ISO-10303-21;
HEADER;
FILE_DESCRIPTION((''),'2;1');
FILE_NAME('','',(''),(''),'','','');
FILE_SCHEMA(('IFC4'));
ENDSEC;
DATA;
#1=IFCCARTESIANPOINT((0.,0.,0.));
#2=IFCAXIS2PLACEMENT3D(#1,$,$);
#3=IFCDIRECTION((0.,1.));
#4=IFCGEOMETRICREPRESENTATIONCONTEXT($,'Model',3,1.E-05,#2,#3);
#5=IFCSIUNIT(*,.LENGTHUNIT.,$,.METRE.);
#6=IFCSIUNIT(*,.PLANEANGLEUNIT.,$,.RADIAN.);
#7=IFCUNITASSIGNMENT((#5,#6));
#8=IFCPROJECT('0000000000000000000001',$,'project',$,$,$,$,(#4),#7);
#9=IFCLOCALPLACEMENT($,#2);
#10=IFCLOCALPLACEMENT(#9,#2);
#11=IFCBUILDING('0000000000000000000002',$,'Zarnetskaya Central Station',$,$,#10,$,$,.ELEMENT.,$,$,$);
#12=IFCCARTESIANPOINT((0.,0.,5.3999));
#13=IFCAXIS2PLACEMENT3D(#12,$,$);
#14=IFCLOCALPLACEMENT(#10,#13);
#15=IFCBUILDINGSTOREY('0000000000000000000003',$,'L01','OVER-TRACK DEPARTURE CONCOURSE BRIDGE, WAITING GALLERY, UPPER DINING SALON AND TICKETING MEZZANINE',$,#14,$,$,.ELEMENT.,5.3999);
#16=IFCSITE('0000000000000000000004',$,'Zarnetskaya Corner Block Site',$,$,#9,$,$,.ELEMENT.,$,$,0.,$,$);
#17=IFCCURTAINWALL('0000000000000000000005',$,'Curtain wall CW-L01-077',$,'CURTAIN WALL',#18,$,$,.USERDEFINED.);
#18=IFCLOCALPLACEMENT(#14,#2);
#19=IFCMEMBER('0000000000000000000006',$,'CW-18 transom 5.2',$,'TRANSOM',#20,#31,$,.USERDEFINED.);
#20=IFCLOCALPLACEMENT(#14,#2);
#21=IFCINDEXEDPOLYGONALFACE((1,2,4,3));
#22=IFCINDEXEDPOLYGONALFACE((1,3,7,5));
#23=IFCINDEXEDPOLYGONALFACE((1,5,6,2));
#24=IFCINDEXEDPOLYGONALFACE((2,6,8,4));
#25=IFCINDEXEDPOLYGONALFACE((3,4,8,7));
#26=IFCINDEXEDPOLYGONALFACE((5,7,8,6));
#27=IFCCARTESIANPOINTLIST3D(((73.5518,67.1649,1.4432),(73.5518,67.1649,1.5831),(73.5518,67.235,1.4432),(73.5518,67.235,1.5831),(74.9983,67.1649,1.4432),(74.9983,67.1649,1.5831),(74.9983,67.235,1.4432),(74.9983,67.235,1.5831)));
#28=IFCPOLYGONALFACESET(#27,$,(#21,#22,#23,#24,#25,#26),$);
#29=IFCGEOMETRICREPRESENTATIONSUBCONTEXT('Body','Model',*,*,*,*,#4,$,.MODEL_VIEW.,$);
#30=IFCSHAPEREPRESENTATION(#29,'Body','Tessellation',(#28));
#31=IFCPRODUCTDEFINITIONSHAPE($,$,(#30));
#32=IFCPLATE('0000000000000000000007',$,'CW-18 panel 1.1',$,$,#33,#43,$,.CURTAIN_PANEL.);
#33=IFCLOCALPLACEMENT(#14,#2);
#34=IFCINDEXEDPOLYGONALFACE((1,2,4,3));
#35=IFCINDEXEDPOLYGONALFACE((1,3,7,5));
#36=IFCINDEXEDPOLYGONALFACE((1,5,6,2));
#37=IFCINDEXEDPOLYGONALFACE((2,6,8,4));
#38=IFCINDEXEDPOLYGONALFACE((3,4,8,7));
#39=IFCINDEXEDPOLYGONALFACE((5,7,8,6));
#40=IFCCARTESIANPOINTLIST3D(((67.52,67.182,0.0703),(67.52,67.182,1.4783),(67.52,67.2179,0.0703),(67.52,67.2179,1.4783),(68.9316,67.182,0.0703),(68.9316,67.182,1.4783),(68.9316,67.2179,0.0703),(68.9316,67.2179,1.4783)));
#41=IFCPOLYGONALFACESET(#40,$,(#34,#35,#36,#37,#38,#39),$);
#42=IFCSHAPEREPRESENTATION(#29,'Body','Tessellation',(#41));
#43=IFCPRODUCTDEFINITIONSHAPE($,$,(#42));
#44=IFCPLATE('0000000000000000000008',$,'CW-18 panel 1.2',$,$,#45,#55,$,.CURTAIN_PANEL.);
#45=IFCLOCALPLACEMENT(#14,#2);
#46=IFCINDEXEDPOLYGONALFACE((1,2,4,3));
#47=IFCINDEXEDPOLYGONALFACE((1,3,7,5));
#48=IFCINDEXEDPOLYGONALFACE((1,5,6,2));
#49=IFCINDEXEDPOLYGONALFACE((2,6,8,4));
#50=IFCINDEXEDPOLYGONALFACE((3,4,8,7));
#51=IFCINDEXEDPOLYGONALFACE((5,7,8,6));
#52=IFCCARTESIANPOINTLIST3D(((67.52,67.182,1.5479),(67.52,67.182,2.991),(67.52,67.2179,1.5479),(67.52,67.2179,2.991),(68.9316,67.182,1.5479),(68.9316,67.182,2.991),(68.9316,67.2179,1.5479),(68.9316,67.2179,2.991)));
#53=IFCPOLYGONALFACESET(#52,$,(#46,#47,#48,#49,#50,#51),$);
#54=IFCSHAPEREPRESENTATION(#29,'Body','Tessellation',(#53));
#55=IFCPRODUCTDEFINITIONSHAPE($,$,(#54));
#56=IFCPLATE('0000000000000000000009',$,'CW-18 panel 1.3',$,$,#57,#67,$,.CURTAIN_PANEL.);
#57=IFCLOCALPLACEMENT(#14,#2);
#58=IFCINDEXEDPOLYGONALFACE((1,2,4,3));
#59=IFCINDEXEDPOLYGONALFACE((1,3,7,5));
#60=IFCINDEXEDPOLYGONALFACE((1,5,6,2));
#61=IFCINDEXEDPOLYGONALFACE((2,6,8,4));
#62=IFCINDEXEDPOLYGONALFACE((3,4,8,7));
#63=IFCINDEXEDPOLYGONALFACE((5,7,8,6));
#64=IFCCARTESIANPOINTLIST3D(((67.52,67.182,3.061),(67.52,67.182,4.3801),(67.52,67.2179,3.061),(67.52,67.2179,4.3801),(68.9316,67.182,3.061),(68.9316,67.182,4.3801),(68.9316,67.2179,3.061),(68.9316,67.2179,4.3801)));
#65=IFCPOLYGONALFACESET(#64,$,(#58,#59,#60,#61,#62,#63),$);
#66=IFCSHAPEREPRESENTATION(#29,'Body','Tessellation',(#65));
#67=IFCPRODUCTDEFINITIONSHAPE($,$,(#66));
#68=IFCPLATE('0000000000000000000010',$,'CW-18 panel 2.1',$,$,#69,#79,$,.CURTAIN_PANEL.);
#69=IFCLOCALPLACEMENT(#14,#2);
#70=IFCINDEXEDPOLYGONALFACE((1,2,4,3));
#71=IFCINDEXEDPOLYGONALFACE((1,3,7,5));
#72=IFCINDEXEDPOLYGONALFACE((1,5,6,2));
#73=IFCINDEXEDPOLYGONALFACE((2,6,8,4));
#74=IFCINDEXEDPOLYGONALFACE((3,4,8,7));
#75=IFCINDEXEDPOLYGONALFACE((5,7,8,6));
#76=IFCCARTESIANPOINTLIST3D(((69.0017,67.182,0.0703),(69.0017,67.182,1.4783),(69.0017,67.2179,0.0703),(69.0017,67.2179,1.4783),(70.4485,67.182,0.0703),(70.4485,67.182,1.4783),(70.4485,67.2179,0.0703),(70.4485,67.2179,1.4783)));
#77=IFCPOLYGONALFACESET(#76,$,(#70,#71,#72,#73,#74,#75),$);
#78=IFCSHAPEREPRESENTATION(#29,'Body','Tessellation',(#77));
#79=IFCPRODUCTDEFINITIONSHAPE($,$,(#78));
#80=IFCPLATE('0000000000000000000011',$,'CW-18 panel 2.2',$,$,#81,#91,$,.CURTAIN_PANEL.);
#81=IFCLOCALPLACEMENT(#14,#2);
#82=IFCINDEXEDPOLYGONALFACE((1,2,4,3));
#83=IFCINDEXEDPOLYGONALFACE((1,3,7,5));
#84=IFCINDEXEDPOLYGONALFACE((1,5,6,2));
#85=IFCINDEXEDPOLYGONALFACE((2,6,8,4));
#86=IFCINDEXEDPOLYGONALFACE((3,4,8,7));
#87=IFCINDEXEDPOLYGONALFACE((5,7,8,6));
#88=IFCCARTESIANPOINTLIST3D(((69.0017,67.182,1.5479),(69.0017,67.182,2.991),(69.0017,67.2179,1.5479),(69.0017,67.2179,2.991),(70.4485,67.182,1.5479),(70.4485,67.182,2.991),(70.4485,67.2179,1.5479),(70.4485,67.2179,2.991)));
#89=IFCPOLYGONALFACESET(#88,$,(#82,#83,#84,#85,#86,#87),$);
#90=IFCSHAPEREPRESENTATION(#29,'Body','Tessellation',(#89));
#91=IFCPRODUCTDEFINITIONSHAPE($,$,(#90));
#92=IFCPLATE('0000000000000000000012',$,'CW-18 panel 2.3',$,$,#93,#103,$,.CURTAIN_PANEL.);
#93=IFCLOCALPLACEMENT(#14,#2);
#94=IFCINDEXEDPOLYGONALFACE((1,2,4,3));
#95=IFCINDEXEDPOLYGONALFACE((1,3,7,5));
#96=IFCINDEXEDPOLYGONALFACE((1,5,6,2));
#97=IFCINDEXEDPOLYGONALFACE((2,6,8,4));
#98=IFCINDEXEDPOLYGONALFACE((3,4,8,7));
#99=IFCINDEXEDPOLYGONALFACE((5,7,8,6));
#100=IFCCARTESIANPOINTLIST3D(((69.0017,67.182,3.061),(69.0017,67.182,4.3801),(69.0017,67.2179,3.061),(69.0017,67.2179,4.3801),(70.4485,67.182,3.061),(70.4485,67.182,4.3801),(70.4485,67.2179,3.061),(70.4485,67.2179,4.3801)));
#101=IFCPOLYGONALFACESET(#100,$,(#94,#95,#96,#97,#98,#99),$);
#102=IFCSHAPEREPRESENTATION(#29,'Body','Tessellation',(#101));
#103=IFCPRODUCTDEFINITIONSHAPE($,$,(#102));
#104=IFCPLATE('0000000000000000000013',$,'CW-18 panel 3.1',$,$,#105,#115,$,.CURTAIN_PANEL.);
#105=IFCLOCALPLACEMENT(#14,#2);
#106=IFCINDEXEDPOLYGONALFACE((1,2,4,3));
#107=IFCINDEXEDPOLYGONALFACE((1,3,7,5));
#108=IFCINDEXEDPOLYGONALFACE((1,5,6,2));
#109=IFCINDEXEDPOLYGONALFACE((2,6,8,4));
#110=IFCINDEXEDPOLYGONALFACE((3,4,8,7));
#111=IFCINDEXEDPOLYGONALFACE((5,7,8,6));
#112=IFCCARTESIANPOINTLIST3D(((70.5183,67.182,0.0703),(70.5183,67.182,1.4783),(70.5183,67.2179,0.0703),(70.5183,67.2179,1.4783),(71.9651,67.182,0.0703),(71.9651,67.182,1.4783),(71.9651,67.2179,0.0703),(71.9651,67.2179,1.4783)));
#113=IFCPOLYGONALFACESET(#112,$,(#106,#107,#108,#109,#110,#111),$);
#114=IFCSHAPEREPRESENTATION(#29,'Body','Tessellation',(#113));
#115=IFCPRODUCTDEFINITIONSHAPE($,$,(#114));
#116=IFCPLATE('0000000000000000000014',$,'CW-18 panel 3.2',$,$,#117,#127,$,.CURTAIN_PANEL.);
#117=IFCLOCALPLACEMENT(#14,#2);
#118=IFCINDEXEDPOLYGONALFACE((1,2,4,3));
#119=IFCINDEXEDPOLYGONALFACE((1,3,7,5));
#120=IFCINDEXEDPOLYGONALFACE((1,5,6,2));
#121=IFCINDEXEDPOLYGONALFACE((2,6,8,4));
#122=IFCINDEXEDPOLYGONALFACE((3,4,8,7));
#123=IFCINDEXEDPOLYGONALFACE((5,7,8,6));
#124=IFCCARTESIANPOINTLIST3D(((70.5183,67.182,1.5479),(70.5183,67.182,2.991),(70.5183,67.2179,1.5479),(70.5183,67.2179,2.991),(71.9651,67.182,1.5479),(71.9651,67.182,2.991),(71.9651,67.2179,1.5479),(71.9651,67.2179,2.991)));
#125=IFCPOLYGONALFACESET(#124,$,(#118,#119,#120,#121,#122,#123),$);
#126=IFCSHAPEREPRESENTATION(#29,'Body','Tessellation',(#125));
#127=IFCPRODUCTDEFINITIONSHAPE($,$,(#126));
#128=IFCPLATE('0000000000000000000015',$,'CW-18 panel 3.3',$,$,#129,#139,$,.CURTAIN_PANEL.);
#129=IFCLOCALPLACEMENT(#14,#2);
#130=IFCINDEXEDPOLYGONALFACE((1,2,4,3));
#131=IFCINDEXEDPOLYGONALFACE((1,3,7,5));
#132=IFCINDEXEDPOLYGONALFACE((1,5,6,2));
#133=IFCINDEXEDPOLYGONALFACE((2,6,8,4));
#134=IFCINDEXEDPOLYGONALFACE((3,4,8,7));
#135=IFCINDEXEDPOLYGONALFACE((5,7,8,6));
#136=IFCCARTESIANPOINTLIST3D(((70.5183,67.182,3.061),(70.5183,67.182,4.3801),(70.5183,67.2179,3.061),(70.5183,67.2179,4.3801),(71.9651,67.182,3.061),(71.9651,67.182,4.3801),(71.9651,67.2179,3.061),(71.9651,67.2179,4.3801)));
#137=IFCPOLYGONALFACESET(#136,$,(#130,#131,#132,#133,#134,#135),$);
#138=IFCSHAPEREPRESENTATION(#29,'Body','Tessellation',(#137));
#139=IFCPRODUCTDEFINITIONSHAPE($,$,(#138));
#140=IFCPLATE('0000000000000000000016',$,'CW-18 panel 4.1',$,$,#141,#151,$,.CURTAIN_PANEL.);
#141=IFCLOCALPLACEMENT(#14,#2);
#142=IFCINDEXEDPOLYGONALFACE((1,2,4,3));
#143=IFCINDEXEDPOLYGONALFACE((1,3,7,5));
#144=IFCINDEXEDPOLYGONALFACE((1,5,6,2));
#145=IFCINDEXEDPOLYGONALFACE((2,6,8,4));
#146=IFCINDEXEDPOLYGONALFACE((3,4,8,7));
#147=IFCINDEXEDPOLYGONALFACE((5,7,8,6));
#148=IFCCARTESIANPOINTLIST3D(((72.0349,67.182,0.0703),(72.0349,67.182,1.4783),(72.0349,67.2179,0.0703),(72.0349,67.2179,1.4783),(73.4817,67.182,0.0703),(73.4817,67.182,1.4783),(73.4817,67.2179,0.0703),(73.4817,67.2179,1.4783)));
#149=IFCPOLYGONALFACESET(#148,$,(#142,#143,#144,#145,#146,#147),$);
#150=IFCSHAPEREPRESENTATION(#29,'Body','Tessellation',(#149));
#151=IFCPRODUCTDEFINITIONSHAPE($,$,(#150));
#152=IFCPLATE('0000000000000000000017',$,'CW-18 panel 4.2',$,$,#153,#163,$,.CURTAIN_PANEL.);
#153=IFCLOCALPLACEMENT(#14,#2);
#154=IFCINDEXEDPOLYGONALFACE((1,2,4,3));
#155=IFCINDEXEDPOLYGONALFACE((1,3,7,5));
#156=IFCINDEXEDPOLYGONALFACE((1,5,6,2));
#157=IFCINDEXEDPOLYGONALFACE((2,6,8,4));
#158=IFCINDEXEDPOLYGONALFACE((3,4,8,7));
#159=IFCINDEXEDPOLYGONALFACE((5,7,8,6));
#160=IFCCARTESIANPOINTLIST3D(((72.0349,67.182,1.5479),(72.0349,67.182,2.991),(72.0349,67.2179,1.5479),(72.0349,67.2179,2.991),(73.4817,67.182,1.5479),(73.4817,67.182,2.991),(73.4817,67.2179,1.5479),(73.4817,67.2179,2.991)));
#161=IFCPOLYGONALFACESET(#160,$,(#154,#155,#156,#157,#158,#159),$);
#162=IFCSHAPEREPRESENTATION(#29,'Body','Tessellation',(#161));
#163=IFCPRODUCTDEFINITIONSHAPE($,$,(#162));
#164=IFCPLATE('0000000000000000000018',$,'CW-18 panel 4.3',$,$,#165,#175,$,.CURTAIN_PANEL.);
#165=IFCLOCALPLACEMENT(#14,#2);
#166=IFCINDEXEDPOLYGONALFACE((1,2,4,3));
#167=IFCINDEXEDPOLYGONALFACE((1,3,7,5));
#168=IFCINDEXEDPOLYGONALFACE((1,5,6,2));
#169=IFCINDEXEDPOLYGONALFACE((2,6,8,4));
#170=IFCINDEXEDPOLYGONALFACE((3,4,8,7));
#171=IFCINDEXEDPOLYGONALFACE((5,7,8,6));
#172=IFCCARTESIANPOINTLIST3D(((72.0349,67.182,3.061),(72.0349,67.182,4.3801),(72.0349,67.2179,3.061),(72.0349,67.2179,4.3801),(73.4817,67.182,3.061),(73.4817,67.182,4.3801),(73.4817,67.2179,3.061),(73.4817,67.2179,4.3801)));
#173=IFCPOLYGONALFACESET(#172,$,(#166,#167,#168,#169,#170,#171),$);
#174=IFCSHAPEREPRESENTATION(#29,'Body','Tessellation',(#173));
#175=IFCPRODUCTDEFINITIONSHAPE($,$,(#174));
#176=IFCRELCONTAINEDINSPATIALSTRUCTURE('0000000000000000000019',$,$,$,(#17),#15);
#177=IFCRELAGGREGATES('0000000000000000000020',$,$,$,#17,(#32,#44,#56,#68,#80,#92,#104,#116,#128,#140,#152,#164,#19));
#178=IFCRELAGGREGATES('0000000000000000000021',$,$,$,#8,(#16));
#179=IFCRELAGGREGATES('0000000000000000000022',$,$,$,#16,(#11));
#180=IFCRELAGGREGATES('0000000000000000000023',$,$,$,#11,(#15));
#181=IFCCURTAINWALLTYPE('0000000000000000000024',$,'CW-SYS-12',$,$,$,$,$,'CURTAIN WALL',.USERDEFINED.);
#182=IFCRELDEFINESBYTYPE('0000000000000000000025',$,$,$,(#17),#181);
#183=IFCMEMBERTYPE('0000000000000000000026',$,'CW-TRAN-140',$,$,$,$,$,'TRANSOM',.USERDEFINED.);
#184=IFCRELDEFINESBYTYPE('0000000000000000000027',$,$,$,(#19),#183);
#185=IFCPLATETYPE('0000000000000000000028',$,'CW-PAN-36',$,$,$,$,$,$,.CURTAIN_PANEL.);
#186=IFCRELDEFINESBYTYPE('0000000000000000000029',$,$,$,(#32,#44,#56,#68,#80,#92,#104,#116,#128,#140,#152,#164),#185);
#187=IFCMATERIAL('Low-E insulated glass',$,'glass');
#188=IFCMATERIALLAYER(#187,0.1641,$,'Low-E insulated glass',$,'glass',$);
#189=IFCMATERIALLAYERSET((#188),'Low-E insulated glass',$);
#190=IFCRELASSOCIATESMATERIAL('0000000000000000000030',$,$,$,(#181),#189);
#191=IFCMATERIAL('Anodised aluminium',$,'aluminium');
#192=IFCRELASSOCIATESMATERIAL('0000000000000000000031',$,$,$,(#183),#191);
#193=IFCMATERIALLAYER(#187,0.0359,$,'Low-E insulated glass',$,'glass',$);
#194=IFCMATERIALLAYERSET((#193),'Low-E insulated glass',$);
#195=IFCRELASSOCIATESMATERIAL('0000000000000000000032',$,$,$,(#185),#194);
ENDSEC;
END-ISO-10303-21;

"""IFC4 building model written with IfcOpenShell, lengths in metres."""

from ifc_helpers import new_model, si_unit, direction, frame, origin, origin_2d, place, context, subcontext, project, spatial, rectangle, extrude, material, layer, layer_set, material_profile, profile_set, type_object, element, aggregate, save


model = new_model("IFC4")

# Units and contexts
model_context = context("Model", 3, precision=1e-05, world=origin(), true_north=direction((0.0, 1.0)))
body_context = subcontext(model_context, "Body", "Model", "MODEL_VIEW")
ifc_project = project(units=[si_unit("LENGTHUNIT", "METRE"), si_unit("PLANEANGLEUNIT", "RADIAN")], contexts=[model_context])

# Site, building, storey
site_placement = place(None, origin())
site = spatial("IfcSite", under=ifc_project, at=site_placement, Name="Zarnetskaya Corner Block Site", CompositionType="ELEMENT", RefElevation=0.0)
building_placement = place(site_placement, origin())
building = spatial("IfcBuilding", under=site, at=building_placement, Name="Zarnetskaya Central Station", CompositionType="ELEMENT")
storey_placement = place(building_placement, frame((0.0, 0.0, 5.3999)))
storey = spatial("IfcBuildingStorey", under=building, at=storey_placement, Name="L01", Description="OVER-TRACK DEPARTURE CONCOURSE BRIDGE, WAITING GALLERY, UPPER DINING SALON AND TICKETING MEZZANINE", CompositionType="ELEMENT", Elevation=5.3999)

# Curtain wall, member, plates
ifc_material_1 = material(Name="Low-E insulated glass", Category="glass")
ifc_layer_1 = layer(ifc_material_1, 0.1641, Name="Low-E insulated glass", Category="glass")
ifc_layer_set_1 = layer_set([ifc_layer_1], Name="Low-E insulated glass")
curtain_wall_type = type_object("IfcCurtainWallType", Name="CW-SYS-12", ElementType="CURTAIN WALL", PredefinedType="USERDEFINED", material=ifc_layer_set_1)
curtain_wall_placement = place(storey_placement, origin())
curtain_wall = element("IfcCurtainWall", 1, at=curtain_wall_placement, inside=storey, type_object=curtain_wall_type, Name="Curtain wall CW-L01-077", ObjectType="CURTAIN WALL", PredefinedType="USERDEFINED")
ifc_material_2 = material(Name="Anodised aluminium", Category="aluminium")
ifc_material_profile_1 = material_profile(ifc_material_2, rectangle(XDim=0.0701, YDim=0.1399, at=origin_2d()), Name="ALU TRAN 70x140")
ifc_profile_set_1 = profile_set([ifc_material_profile_1], Name="Anodised aluminium")
member_type_1 = type_object("IfcMemberType", Name="CW-TRAN-140", ElementType="TRANSOM", PredefinedType="USERDEFINED", material=ifc_profile_set_1)
member_1_placement = place(storey_placement, frame((73.5518, 67.2, 1.5132), z_axis=(1.0, 0.0, 0.0), x_axis=(0.0, 1.0, 0.0)))
member_1 = element("IfcMember", 2, at=member_1_placement, type_object=member_type_1, Name="CW-18 transom 5.2", ObjectType="TRANSOM", PredefinedType="USERDEFINED", context=body_context, shape_type="SweptSolid", body=[
    extrude(rectangle(XDim=0.0701, YDim=0.1399, at=origin_2d()), origin(), (0.0, 0.0, 1.0), 1.4465),
])
ifc_layer_2 = layer(ifc_material_1, 0.0359, Name="Low-E insulated glass", Category="glass")
ifc_layer_set_2 = layer_set([ifc_layer_2], Name="Low-E insulated glass")
plate_type = type_object("IfcPlateType", Name="CW-PAN-36", PredefinedType="CURTAIN_PANEL", material=ifc_layer_set_2)
plate_1_placement = place(storey_placement, frame((68.2258, 67.2, 0.0703), z_axis=(0.0, 0.0, 1.0), x_axis=(1.0, 0.0, 0.0)))
plate_1 = element("IfcPlate", 3, at=plate_1_placement, type_object=plate_type, Name="CW-18 panel 1.1", PredefinedType="CURTAIN_PANEL", context=body_context, shape_type="SweptSolid", body=[
    extrude(rectangle(XDim=1.4116, YDim=0.0359, at=origin_2d()), origin(), (0.0, 0.0, 1.0), 1.408),
])
plate_2_placement = place(storey_placement, frame((68.2258, 67.2, 1.5479), z_axis=(0.0, 0.0, 1.0), x_axis=(1.0, 0.0, 0.0)))
plate_2 = element("IfcPlate", 4, at=plate_2_placement, type_object=plate_type, Name="CW-18 panel 1.2", PredefinedType="CURTAIN_PANEL", context=body_context, shape_type="SweptSolid", body=[
    extrude(rectangle(XDim=1.4116, YDim=0.0359, at=origin_2d()), origin(), (0.0, 0.0, 1.0), 1.4431),
])
plate_3_placement = place(storey_placement, frame((68.2258, 67.2, 3.061), z_axis=(0.0, 0.0, 1.0), x_axis=(1.0, 0.0, 0.0)))
plate_3 = element("IfcPlate", 5, at=plate_3_placement, type_object=plate_type, Name="CW-18 panel 1.3", PredefinedType="CURTAIN_PANEL", context=body_context, shape_type="SweptSolid", body=[
    extrude(rectangle(XDim=1.4116, YDim=0.0359, at=origin_2d()), origin(), (0.0, 0.0, 1.0), 1.3191),
])
plate_4_placement = place(storey_placement, frame((69.7251, 67.2, 0.0703), z_axis=(0.0, 0.0, 1.0), x_axis=(1.0, 0.0, 0.0)))
plate_4 = element("IfcPlate", 6, at=plate_4_placement, type_object=plate_type, Name="CW-18 panel 2.1", PredefinedType="CURTAIN_PANEL", context=body_context, shape_type="SweptSolid", body=[
    extrude(rectangle(XDim=1.4468, YDim=0.0359, at=origin_2d()), origin(), (0.0, 0.0, 1.0), 1.408),
])
plate_5_placement = place(storey_placement, frame((69.7251, 67.2, 1.5479), z_axis=(0.0, 0.0, 1.0), x_axis=(1.0, 0.0, 0.0)))
plate_5 = element("IfcPlate", 7, at=plate_5_placement, type_object=plate_type, Name="CW-18 panel 2.2", PredefinedType="CURTAIN_PANEL", context=body_context, shape_type="SweptSolid", body=[
    extrude(rectangle(XDim=1.4468, YDim=0.0359, at=origin_2d()), origin(), (0.0, 0.0, 1.0), 1.4431),
])
plate_6_placement = place(storey_placement, frame((69.7251, 67.2, 3.061), z_axis=(0.0, 0.0, 1.0), x_axis=(1.0, 0.0, 0.0)))
plate_6 = element("IfcPlate", 8, at=plate_6_placement, type_object=plate_type, Name="CW-18 panel 2.3", PredefinedType="CURTAIN_PANEL", context=body_context, shape_type="SweptSolid", body=[
    extrude(rectangle(XDim=1.4468, YDim=0.0359, at=origin_2d()), origin(), (0.0, 0.0, 1.0), 1.3191),
])
plate_7_placement = place(storey_placement, frame((71.2417, 67.2, 0.0703), z_axis=(0.0, 0.0, 1.0), x_axis=(1.0, 0.0, 0.0)))
plate_7 = element("IfcPlate", 9, at=plate_7_placement, type_object=plate_type, Name="CW-18 panel 3.1", PredefinedType="CURTAIN_PANEL", context=body_context, shape_type="SweptSolid", body=[
    extrude(rectangle(XDim=1.4468, YDim=0.0359, at=origin_2d()), origin(), (0.0, 0.0, 1.0), 1.408),
])
plate_8_placement = place(storey_placement, frame((71.2417, 67.2, 1.5479), z_axis=(0.0, 0.0, 1.0), x_axis=(1.0, 0.0, 0.0)))
plate_8 = element("IfcPlate", 10, at=plate_8_placement, type_object=plate_type, Name="CW-18 panel 3.2", PredefinedType="CURTAIN_PANEL", context=body_context, shape_type="SweptSolid", body=[
    extrude(rectangle(XDim=1.4468, YDim=0.0359, at=origin_2d()), origin(), (0.0, 0.0, 1.0), 1.4431),
])
plate_9_placement = place(storey_placement, frame((71.2417, 67.2, 3.061), z_axis=(0.0, 0.0, 1.0), x_axis=(1.0, 0.0, 0.0)))
plate_9 = element("IfcPlate", 11, at=plate_9_placement, type_object=plate_type, Name="CW-18 panel 3.3", PredefinedType="CURTAIN_PANEL", context=body_context, shape_type="SweptSolid", body=[
    extrude(rectangle(XDim=1.4468, YDim=0.0359, at=origin_2d()), origin(), (0.0, 0.0, 1.0), 1.3191),
])
plate_10_placement = place(storey_placement, frame((72.7583, 67.2, 0.0703), z_axis=(0.0, 0.0, 1.0), x_axis=(1.0, 0.0, 0.0)))
plate_10 = element("IfcPlate", 12, at=plate_10_placement, type_object=plate_type, Name="CW-18 panel 4.1", PredefinedType="CURTAIN_PANEL", context=body_context, shape_type="SweptSolid", body=[
    extrude(rectangle(XDim=1.4468, YDim=0.0359, at=origin_2d()), origin(), (0.0, 0.0, 1.0), 1.408),
])
plate_11_placement = place(storey_placement, frame((72.7583, 67.2, 1.5479), z_axis=(0.0, 0.0, 1.0), x_axis=(1.0, 0.0, 0.0)))
plate_11 = element("IfcPlate", 13, at=plate_11_placement, type_object=plate_type, Name="CW-18 panel 4.2", PredefinedType="CURTAIN_PANEL", context=body_context, shape_type="SweptSolid", body=[
    extrude(rectangle(XDim=1.4468, YDim=0.0359, at=origin_2d()), origin(), (0.0, 0.0, 1.0), 1.4431),
])
plate_12_placement = place(storey_placement, frame((72.7583, 67.2, 3.061), z_axis=(0.0, 0.0, 1.0), x_axis=(1.0, 0.0, 0.0)))
plate_12 = element("IfcPlate", 14, at=plate_12_placement, type_object=plate_type, Name="CW-18 panel 4.3", PredefinedType="CURTAIN_PANEL", context=body_context, shape_type="SweptSolid", body=[
    extrude(rectangle(XDim=1.4468, YDim=0.0359, at=origin_2d()), origin(), (0.0, 0.0, 1.0), 1.3191),
])
aggregate(curtain_wall, [plate_1, plate_2, plate_3, plate_4, plate_5, plate_6, plate_7, plate_8, plate_9, plate_10, plate_11, plate_12, member_1])

save(model, "model.ifc")
